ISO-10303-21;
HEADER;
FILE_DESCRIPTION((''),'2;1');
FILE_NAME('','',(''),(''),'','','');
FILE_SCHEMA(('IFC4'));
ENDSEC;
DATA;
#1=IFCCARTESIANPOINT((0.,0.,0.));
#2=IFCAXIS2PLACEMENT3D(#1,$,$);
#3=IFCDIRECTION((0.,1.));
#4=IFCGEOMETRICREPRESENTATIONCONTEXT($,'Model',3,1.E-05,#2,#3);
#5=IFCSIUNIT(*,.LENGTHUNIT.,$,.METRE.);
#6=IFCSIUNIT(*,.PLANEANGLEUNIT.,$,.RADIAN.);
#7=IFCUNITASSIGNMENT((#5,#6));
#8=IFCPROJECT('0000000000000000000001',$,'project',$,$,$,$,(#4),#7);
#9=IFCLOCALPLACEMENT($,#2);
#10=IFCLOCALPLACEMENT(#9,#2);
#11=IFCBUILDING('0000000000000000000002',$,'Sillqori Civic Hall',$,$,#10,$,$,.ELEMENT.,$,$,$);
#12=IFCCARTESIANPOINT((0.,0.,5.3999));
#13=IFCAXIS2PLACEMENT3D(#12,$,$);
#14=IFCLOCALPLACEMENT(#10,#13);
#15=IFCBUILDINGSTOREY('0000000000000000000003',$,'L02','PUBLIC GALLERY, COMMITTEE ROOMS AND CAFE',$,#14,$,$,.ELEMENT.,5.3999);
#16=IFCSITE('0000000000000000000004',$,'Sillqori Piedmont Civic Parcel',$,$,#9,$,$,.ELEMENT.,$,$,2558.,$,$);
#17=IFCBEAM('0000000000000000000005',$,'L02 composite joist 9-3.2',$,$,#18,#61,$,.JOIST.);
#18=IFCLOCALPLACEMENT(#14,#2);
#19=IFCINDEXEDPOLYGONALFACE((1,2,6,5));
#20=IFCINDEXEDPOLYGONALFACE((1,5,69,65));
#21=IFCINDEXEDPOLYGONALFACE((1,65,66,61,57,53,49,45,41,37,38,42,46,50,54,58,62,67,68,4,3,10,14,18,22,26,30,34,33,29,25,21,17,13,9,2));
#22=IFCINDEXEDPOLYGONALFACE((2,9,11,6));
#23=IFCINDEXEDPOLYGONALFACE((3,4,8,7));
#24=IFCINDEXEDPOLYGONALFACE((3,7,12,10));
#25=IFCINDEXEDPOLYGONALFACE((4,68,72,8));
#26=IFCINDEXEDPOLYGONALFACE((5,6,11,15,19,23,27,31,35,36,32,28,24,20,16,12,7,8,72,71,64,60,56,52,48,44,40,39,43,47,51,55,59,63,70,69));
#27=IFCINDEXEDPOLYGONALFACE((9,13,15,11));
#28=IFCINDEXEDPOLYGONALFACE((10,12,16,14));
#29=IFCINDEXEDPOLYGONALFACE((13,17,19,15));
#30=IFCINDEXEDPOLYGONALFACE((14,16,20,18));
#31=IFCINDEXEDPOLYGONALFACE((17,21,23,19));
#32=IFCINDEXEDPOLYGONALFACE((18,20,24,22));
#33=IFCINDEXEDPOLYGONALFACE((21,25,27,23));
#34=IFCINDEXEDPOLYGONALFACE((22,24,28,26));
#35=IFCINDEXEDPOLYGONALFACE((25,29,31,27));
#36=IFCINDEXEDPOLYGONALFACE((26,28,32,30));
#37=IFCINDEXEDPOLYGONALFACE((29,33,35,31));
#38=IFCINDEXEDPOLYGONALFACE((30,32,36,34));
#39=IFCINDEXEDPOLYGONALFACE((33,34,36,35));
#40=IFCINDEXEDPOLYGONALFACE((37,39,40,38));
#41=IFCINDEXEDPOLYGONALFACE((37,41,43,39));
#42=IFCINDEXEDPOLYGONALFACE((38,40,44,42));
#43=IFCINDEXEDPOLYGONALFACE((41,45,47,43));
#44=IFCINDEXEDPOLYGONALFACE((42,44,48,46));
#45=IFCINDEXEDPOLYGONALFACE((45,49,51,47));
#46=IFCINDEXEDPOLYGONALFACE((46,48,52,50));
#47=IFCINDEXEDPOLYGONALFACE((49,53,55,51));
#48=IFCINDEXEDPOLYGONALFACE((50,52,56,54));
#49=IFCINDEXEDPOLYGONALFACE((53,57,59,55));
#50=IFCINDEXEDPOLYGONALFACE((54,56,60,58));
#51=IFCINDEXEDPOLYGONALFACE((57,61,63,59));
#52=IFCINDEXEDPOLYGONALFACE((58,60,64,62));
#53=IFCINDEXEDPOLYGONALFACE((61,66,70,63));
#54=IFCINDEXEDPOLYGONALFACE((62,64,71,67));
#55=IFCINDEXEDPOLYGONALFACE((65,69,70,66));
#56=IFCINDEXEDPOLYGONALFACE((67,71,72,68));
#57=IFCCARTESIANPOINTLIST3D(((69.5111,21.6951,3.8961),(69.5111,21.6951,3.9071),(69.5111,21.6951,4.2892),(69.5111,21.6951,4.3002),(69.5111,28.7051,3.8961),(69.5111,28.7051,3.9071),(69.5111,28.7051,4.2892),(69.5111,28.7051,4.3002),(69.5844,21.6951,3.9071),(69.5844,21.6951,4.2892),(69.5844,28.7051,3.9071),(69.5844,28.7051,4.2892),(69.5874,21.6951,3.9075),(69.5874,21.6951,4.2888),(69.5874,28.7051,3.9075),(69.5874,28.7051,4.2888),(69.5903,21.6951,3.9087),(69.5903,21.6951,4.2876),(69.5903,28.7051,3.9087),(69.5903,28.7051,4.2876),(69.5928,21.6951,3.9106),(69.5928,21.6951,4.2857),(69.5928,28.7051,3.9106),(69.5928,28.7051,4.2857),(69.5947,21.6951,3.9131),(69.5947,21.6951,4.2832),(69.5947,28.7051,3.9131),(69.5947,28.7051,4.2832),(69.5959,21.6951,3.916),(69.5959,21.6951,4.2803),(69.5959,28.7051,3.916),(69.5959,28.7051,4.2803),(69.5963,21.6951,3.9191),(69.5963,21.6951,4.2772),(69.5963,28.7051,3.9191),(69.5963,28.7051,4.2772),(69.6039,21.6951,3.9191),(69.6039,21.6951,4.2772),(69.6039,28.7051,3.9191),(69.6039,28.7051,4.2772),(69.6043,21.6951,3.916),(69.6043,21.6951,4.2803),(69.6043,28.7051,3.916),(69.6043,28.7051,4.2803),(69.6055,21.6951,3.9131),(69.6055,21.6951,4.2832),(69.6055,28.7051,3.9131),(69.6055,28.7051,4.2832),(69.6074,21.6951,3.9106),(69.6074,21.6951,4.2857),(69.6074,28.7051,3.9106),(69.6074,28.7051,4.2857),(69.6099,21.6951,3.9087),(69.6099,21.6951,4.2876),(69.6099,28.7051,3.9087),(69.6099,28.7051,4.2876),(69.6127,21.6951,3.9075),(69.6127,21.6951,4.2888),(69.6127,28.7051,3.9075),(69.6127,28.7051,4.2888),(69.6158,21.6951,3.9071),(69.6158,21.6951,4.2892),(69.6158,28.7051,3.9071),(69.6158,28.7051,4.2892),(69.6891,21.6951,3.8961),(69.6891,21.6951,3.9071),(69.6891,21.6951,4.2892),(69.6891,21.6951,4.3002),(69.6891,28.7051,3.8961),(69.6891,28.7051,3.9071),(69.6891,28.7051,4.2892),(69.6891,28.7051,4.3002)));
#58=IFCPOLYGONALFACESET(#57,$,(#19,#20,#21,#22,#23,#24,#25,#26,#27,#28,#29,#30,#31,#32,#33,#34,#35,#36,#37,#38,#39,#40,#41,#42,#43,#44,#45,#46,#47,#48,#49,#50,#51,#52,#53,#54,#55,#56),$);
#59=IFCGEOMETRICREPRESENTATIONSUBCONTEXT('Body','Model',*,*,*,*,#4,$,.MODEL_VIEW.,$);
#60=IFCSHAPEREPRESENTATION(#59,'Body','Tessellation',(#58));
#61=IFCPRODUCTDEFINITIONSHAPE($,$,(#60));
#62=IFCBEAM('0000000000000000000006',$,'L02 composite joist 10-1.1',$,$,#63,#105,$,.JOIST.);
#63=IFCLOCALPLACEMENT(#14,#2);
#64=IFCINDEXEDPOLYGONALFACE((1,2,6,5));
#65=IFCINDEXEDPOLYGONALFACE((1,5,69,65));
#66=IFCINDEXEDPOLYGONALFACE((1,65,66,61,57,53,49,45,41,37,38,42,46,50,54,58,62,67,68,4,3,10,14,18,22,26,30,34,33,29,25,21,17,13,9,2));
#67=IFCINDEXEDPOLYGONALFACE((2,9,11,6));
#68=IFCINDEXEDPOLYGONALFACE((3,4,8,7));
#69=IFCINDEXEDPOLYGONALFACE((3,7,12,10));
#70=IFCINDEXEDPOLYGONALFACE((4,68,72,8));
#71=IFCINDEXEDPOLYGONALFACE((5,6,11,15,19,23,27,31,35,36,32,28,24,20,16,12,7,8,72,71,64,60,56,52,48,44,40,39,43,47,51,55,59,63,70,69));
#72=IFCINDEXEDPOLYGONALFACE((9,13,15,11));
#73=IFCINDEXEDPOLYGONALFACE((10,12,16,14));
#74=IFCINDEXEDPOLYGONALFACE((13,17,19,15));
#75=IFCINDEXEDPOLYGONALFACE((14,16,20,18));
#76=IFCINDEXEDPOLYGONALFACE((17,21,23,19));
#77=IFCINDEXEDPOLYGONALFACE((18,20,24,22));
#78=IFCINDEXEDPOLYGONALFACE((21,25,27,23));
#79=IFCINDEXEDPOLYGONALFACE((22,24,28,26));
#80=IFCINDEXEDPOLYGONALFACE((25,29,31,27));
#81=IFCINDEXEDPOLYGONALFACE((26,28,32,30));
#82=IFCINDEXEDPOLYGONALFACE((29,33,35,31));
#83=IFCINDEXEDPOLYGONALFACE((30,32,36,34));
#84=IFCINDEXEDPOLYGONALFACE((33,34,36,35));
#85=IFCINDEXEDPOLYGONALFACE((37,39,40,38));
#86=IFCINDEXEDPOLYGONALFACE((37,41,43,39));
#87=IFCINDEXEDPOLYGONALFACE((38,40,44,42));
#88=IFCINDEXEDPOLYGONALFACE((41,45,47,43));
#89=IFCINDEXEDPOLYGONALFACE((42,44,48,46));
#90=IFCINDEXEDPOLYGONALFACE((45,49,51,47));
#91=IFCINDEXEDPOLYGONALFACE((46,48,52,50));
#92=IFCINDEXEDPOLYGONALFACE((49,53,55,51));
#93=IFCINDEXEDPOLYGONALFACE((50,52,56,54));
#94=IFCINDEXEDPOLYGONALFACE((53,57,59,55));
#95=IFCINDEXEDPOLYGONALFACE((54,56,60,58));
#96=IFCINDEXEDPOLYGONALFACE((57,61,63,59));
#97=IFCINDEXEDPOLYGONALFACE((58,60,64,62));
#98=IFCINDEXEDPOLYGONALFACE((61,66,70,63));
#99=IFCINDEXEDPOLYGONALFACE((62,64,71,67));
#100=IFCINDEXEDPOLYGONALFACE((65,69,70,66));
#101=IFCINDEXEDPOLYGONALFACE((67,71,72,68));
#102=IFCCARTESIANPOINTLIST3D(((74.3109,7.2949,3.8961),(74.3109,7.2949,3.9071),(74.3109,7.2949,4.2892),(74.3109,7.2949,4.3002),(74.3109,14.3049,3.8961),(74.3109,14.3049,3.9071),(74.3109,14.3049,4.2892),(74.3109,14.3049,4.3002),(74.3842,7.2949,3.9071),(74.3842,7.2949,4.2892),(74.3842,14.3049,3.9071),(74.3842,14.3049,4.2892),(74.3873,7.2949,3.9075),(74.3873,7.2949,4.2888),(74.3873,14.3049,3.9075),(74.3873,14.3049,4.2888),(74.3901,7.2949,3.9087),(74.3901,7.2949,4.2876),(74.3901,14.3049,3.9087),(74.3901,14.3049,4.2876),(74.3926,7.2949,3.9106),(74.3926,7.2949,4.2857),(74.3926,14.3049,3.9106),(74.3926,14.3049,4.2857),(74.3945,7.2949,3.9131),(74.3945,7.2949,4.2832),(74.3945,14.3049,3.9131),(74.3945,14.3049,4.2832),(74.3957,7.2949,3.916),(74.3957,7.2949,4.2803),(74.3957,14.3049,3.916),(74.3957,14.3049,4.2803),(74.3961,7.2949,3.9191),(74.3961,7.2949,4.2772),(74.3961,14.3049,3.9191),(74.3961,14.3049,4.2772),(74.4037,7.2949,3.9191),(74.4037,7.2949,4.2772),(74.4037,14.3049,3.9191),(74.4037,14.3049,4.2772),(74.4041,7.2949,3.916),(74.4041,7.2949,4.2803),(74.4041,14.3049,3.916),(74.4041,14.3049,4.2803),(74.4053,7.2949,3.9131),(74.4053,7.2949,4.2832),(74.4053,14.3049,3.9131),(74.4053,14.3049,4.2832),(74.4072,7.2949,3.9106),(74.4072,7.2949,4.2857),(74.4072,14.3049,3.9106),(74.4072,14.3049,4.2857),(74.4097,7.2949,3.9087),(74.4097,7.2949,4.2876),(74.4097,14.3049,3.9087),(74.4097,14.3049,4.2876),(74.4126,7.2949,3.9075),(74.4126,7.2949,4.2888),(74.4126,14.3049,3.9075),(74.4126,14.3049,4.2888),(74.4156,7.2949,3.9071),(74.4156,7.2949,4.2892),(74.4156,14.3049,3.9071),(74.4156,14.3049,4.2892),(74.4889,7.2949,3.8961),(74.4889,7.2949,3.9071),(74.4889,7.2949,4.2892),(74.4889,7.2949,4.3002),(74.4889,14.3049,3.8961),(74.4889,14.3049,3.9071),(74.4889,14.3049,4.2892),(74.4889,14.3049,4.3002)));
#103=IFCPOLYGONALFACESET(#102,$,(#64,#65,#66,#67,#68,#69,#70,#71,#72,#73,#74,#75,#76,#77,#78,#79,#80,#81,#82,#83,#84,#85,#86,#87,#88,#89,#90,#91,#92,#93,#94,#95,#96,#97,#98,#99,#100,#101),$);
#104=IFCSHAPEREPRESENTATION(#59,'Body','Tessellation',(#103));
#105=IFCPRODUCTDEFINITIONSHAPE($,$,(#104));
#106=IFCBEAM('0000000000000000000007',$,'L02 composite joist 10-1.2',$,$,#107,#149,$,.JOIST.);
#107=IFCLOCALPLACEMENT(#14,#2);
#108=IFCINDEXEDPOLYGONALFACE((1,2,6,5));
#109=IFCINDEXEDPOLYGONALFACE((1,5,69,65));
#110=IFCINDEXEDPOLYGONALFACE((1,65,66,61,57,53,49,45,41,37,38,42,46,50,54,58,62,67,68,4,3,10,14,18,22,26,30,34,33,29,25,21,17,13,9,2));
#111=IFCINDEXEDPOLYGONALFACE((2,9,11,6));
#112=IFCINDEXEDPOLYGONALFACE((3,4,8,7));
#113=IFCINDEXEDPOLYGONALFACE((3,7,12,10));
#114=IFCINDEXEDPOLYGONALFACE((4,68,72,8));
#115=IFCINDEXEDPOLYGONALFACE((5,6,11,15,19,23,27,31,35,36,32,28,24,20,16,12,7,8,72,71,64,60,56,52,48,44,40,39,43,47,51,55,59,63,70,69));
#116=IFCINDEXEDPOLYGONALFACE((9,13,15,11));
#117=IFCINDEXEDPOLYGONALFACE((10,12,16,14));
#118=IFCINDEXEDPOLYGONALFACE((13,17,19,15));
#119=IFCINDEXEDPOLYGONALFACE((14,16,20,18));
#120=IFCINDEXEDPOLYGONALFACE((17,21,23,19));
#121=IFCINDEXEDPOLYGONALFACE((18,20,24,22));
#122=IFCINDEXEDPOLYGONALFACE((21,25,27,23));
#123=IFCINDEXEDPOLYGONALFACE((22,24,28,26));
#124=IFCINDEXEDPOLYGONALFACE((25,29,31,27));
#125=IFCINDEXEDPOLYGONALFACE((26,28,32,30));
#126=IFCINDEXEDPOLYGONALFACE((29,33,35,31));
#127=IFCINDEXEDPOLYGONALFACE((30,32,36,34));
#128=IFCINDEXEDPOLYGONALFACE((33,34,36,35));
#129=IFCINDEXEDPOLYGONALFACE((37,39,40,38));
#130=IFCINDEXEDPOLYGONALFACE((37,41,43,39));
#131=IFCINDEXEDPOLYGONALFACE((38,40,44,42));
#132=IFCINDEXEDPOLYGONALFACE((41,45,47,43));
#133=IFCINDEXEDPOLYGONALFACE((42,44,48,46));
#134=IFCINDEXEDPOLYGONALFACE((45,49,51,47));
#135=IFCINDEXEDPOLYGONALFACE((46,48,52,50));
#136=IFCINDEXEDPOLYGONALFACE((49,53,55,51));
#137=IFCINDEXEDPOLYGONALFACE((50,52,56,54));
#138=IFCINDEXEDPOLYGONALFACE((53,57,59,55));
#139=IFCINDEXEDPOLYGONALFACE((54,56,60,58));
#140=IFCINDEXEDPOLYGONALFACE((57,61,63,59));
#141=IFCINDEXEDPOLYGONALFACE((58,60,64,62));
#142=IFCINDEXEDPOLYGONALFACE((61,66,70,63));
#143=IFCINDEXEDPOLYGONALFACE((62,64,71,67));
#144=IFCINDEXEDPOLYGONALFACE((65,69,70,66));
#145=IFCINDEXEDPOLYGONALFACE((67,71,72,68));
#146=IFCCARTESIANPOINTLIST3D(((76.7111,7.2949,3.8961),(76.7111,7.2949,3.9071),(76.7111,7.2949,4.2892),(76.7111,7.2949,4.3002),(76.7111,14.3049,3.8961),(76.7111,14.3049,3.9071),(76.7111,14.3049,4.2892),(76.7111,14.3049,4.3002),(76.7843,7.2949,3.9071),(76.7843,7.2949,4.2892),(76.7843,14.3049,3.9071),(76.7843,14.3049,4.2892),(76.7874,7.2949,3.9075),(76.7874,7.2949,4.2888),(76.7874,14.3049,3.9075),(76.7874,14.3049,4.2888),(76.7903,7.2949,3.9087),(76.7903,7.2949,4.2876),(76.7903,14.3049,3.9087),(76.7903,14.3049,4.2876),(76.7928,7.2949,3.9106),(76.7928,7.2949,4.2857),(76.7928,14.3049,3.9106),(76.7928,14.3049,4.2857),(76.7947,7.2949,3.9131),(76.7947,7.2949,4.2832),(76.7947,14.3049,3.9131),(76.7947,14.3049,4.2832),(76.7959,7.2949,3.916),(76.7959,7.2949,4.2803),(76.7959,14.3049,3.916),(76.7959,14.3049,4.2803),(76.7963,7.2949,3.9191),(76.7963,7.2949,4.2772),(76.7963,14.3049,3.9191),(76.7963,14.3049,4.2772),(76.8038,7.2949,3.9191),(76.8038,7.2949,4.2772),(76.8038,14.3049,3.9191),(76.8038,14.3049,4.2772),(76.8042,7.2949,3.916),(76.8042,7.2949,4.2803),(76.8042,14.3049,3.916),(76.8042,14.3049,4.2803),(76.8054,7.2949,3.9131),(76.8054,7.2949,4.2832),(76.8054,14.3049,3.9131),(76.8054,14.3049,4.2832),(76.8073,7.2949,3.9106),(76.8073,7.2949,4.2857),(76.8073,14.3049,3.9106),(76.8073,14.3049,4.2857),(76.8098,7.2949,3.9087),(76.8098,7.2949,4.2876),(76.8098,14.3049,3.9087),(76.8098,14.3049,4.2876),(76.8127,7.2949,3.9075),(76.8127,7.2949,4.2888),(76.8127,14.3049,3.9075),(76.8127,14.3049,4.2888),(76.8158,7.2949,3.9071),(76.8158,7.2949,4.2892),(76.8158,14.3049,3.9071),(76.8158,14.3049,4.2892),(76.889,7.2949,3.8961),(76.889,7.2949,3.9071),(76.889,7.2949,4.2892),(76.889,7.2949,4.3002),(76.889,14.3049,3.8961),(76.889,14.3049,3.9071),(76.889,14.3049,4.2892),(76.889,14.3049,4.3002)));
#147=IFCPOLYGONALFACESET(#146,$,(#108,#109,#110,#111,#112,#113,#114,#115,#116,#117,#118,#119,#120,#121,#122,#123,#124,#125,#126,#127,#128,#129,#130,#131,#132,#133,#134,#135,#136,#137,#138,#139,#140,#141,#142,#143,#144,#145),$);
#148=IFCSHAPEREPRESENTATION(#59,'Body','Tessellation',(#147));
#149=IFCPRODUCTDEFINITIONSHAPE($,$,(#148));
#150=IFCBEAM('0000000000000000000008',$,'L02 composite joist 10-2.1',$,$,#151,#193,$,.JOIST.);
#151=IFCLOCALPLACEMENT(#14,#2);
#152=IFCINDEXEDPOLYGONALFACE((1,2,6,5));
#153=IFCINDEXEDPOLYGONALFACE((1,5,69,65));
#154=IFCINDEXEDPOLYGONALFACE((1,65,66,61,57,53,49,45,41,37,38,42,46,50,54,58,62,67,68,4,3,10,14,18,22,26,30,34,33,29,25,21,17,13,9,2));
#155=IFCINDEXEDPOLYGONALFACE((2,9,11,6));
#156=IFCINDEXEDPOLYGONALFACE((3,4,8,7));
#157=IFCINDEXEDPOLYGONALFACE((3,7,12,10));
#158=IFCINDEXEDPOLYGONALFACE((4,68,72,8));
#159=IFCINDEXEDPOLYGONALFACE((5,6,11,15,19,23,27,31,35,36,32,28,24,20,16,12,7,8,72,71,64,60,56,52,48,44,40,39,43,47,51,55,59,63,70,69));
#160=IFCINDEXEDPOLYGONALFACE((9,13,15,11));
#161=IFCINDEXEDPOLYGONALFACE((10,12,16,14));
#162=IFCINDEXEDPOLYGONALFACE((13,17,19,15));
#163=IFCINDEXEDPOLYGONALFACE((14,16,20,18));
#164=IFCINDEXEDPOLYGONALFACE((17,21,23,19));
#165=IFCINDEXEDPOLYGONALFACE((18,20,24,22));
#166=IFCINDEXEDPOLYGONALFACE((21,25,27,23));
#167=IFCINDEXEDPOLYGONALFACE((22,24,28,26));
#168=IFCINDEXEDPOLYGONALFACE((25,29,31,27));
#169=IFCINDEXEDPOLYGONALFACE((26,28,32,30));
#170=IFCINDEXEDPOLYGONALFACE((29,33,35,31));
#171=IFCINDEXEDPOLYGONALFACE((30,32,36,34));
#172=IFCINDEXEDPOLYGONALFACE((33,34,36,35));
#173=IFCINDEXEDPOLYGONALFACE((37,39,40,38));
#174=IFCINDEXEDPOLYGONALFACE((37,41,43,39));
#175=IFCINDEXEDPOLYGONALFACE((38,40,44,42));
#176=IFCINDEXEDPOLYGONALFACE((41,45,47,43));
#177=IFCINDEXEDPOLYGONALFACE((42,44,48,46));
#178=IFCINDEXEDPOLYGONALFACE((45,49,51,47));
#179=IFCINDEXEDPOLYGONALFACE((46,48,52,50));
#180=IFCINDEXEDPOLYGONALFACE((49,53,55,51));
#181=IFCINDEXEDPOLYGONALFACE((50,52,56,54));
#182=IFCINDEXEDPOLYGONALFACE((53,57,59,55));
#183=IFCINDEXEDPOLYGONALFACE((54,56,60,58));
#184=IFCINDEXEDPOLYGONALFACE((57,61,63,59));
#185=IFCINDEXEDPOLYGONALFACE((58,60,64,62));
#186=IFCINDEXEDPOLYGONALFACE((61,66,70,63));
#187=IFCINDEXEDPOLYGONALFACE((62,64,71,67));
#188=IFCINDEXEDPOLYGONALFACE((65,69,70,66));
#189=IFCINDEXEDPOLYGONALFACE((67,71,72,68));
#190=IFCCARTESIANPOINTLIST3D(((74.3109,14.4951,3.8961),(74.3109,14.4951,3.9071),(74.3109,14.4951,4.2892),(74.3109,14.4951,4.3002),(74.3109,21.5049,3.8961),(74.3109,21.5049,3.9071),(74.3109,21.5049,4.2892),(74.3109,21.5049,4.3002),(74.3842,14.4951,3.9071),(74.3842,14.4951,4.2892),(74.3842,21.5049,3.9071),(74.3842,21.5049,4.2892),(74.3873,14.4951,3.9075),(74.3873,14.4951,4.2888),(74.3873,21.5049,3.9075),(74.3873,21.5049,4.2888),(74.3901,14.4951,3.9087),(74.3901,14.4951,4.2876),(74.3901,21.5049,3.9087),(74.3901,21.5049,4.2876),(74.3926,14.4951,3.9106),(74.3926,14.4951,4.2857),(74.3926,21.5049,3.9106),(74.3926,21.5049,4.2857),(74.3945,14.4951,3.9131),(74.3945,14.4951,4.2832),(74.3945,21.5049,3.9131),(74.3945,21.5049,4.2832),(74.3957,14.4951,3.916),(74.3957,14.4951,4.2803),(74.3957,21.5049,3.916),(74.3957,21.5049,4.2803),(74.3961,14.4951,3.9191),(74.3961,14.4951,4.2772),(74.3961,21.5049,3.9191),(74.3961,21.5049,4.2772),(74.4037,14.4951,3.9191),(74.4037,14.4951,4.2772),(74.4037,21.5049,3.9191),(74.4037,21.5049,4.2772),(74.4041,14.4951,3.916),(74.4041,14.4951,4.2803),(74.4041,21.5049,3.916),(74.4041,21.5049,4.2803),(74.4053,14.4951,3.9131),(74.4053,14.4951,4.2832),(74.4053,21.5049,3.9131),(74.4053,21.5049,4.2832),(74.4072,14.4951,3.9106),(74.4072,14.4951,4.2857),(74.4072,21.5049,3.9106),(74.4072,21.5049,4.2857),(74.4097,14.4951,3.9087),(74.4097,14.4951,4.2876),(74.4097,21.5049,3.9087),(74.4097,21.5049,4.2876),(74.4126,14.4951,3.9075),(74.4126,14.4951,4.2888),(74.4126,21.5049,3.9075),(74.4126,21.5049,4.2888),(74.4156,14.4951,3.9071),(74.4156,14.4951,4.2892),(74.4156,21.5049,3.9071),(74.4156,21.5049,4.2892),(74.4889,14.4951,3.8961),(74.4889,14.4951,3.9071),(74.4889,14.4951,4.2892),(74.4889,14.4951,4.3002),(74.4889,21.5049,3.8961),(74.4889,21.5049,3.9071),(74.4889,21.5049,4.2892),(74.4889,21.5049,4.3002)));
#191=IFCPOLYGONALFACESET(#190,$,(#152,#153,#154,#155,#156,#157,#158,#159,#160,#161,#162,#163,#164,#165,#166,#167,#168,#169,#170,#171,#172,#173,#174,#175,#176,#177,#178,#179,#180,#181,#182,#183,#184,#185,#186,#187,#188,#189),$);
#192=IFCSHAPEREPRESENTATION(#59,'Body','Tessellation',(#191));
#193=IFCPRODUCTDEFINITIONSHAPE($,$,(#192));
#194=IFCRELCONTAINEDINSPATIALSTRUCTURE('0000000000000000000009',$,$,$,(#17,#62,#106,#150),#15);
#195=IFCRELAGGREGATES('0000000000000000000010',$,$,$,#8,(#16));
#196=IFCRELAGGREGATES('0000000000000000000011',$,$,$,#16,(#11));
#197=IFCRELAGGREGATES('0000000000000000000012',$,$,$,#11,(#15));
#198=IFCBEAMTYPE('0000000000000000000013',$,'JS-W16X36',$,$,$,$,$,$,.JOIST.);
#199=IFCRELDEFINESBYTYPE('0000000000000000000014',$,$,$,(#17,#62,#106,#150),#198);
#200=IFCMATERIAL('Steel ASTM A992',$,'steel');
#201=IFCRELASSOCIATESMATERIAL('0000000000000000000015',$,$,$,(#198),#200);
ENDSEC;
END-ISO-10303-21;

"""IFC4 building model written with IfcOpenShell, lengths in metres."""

from ifc_helpers import new_model, si_unit, direction, frame, origin, origin_2d, place, context, subcontext, project, spatial, i_section, extrude, material, material_profile, profile_set, type_object, element, save


model = new_model("IFC4")

# Units and contexts
model_context = context("Model", 3, precision=1e-05, world=origin(), true_north=direction((0.0, 1.0)))
body_context = subcontext(model_context, "Body", "Model", "MODEL_VIEW")
ifc_project = project(units=[si_unit("LENGTHUNIT", "METRE"), si_unit("PLANEANGLEUNIT", "RADIAN")], contexts=[model_context])

# Site, building, storey
site_placement = place(None, origin())
site = spatial("IfcSite", under=ifc_project, at=site_placement, Name="Sillqori Piedmont Civic Parcel", CompositionType="ELEMENT", RefElevation=2558.0)
building_placement = place(site_placement, origin())
building = spatial("IfcBuilding", under=site, at=building_placement, Name="Sillqori Civic Hall", CompositionType="ELEMENT")
storey_placement = place(building_placement, frame((0.0, 0.0, 5.3999)))
storey = spatial("IfcBuildingStorey", under=building, at=storey_placement, Name="L02", Description="PUBLIC GALLERY, COMMITTEE ROOMS AND CAFE", CompositionType="ELEMENT", Elevation=5.3999)

# Shared definitions
ifc_material_1 = material(Name="Steel ASTM A992", Category="steel")

# Beams
ifc_material_profile_1 = material_profile(ifc_material_1, i_section(OverallWidth=0.178, OverallDepth=0.4041, WebThickness=0.0076, FlangeThickness=0.011, FilletRadius=0.012, at=origin_2d()), Name="W16X36")
ifc_profile_set_1 = profile_set([ifc_material_profile_1], Name="Steel ASTM A992")
beam_type_1 = type_object("IfcBeamType", Name="JS-W16X36", PredefinedType="JOIST", material=ifc_profile_set_1)
for number, where, z_axis, x_axis, name in (
    (1, (69.6001, 21.6951, 4.0981), (0.0, 1.0, 0.0), (-1.0, 0.0, 0.0), "L02 composite joist 9-3.2"),
    (2, (74.3999, 7.2949, 4.0981), (0.0, 1.0, 0.0), (-1.0, 0.0, 0.0), "L02 composite joist 10-1.1"),
    (3, (76.8, 7.2949, 4.0981), (0.0, 1.0, 0.0), (-1.0, 0.0, 0.0), "L02 composite joist 10-1.2"),
):
    element("IfcBeam", number, at=place(storey_placement, frame(where, z_axis=z_axis, x_axis=x_axis)), inside=storey, type_object=beam_type_1, Name=name, PredefinedType="JOIST", context=body_context, shape_type="SweptSolid", body=[
        extrude(i_section(OverallWidth=0.178, OverallDepth=0.4041, WebThickness=0.0076, FlangeThickness=0.011, FilletRadius=0.012, at=origin_2d()), origin(), (0.0, 0.0, 1.0), 7.01),
    ])
for number, where, z_axis, x_axis, name in (
    (4, (74.3999, 14.4951, 4.0981), (0.0, 1.0, 0.0), (-1.0, 0.0, 0.0), "L02 composite joist 10-2.1"),
):
    element("IfcBeam", number, at=place(storey_placement, frame(where, z_axis=z_axis, x_axis=x_axis)), inside=storey, type_object=beam_type_1, Name=name, PredefinedType="JOIST", context=body_context, shape_type="SweptSolid", body=[
        extrude(i_section(OverallWidth=0.178, OverallDepth=0.4041, WebThickness=0.0076, FlangeThickness=0.011, FilletRadius=0.012, at=origin_2d()), origin(), (0.0, 0.0, 1.0), 7.0098),
    ])

save(model, "model.ifc")
